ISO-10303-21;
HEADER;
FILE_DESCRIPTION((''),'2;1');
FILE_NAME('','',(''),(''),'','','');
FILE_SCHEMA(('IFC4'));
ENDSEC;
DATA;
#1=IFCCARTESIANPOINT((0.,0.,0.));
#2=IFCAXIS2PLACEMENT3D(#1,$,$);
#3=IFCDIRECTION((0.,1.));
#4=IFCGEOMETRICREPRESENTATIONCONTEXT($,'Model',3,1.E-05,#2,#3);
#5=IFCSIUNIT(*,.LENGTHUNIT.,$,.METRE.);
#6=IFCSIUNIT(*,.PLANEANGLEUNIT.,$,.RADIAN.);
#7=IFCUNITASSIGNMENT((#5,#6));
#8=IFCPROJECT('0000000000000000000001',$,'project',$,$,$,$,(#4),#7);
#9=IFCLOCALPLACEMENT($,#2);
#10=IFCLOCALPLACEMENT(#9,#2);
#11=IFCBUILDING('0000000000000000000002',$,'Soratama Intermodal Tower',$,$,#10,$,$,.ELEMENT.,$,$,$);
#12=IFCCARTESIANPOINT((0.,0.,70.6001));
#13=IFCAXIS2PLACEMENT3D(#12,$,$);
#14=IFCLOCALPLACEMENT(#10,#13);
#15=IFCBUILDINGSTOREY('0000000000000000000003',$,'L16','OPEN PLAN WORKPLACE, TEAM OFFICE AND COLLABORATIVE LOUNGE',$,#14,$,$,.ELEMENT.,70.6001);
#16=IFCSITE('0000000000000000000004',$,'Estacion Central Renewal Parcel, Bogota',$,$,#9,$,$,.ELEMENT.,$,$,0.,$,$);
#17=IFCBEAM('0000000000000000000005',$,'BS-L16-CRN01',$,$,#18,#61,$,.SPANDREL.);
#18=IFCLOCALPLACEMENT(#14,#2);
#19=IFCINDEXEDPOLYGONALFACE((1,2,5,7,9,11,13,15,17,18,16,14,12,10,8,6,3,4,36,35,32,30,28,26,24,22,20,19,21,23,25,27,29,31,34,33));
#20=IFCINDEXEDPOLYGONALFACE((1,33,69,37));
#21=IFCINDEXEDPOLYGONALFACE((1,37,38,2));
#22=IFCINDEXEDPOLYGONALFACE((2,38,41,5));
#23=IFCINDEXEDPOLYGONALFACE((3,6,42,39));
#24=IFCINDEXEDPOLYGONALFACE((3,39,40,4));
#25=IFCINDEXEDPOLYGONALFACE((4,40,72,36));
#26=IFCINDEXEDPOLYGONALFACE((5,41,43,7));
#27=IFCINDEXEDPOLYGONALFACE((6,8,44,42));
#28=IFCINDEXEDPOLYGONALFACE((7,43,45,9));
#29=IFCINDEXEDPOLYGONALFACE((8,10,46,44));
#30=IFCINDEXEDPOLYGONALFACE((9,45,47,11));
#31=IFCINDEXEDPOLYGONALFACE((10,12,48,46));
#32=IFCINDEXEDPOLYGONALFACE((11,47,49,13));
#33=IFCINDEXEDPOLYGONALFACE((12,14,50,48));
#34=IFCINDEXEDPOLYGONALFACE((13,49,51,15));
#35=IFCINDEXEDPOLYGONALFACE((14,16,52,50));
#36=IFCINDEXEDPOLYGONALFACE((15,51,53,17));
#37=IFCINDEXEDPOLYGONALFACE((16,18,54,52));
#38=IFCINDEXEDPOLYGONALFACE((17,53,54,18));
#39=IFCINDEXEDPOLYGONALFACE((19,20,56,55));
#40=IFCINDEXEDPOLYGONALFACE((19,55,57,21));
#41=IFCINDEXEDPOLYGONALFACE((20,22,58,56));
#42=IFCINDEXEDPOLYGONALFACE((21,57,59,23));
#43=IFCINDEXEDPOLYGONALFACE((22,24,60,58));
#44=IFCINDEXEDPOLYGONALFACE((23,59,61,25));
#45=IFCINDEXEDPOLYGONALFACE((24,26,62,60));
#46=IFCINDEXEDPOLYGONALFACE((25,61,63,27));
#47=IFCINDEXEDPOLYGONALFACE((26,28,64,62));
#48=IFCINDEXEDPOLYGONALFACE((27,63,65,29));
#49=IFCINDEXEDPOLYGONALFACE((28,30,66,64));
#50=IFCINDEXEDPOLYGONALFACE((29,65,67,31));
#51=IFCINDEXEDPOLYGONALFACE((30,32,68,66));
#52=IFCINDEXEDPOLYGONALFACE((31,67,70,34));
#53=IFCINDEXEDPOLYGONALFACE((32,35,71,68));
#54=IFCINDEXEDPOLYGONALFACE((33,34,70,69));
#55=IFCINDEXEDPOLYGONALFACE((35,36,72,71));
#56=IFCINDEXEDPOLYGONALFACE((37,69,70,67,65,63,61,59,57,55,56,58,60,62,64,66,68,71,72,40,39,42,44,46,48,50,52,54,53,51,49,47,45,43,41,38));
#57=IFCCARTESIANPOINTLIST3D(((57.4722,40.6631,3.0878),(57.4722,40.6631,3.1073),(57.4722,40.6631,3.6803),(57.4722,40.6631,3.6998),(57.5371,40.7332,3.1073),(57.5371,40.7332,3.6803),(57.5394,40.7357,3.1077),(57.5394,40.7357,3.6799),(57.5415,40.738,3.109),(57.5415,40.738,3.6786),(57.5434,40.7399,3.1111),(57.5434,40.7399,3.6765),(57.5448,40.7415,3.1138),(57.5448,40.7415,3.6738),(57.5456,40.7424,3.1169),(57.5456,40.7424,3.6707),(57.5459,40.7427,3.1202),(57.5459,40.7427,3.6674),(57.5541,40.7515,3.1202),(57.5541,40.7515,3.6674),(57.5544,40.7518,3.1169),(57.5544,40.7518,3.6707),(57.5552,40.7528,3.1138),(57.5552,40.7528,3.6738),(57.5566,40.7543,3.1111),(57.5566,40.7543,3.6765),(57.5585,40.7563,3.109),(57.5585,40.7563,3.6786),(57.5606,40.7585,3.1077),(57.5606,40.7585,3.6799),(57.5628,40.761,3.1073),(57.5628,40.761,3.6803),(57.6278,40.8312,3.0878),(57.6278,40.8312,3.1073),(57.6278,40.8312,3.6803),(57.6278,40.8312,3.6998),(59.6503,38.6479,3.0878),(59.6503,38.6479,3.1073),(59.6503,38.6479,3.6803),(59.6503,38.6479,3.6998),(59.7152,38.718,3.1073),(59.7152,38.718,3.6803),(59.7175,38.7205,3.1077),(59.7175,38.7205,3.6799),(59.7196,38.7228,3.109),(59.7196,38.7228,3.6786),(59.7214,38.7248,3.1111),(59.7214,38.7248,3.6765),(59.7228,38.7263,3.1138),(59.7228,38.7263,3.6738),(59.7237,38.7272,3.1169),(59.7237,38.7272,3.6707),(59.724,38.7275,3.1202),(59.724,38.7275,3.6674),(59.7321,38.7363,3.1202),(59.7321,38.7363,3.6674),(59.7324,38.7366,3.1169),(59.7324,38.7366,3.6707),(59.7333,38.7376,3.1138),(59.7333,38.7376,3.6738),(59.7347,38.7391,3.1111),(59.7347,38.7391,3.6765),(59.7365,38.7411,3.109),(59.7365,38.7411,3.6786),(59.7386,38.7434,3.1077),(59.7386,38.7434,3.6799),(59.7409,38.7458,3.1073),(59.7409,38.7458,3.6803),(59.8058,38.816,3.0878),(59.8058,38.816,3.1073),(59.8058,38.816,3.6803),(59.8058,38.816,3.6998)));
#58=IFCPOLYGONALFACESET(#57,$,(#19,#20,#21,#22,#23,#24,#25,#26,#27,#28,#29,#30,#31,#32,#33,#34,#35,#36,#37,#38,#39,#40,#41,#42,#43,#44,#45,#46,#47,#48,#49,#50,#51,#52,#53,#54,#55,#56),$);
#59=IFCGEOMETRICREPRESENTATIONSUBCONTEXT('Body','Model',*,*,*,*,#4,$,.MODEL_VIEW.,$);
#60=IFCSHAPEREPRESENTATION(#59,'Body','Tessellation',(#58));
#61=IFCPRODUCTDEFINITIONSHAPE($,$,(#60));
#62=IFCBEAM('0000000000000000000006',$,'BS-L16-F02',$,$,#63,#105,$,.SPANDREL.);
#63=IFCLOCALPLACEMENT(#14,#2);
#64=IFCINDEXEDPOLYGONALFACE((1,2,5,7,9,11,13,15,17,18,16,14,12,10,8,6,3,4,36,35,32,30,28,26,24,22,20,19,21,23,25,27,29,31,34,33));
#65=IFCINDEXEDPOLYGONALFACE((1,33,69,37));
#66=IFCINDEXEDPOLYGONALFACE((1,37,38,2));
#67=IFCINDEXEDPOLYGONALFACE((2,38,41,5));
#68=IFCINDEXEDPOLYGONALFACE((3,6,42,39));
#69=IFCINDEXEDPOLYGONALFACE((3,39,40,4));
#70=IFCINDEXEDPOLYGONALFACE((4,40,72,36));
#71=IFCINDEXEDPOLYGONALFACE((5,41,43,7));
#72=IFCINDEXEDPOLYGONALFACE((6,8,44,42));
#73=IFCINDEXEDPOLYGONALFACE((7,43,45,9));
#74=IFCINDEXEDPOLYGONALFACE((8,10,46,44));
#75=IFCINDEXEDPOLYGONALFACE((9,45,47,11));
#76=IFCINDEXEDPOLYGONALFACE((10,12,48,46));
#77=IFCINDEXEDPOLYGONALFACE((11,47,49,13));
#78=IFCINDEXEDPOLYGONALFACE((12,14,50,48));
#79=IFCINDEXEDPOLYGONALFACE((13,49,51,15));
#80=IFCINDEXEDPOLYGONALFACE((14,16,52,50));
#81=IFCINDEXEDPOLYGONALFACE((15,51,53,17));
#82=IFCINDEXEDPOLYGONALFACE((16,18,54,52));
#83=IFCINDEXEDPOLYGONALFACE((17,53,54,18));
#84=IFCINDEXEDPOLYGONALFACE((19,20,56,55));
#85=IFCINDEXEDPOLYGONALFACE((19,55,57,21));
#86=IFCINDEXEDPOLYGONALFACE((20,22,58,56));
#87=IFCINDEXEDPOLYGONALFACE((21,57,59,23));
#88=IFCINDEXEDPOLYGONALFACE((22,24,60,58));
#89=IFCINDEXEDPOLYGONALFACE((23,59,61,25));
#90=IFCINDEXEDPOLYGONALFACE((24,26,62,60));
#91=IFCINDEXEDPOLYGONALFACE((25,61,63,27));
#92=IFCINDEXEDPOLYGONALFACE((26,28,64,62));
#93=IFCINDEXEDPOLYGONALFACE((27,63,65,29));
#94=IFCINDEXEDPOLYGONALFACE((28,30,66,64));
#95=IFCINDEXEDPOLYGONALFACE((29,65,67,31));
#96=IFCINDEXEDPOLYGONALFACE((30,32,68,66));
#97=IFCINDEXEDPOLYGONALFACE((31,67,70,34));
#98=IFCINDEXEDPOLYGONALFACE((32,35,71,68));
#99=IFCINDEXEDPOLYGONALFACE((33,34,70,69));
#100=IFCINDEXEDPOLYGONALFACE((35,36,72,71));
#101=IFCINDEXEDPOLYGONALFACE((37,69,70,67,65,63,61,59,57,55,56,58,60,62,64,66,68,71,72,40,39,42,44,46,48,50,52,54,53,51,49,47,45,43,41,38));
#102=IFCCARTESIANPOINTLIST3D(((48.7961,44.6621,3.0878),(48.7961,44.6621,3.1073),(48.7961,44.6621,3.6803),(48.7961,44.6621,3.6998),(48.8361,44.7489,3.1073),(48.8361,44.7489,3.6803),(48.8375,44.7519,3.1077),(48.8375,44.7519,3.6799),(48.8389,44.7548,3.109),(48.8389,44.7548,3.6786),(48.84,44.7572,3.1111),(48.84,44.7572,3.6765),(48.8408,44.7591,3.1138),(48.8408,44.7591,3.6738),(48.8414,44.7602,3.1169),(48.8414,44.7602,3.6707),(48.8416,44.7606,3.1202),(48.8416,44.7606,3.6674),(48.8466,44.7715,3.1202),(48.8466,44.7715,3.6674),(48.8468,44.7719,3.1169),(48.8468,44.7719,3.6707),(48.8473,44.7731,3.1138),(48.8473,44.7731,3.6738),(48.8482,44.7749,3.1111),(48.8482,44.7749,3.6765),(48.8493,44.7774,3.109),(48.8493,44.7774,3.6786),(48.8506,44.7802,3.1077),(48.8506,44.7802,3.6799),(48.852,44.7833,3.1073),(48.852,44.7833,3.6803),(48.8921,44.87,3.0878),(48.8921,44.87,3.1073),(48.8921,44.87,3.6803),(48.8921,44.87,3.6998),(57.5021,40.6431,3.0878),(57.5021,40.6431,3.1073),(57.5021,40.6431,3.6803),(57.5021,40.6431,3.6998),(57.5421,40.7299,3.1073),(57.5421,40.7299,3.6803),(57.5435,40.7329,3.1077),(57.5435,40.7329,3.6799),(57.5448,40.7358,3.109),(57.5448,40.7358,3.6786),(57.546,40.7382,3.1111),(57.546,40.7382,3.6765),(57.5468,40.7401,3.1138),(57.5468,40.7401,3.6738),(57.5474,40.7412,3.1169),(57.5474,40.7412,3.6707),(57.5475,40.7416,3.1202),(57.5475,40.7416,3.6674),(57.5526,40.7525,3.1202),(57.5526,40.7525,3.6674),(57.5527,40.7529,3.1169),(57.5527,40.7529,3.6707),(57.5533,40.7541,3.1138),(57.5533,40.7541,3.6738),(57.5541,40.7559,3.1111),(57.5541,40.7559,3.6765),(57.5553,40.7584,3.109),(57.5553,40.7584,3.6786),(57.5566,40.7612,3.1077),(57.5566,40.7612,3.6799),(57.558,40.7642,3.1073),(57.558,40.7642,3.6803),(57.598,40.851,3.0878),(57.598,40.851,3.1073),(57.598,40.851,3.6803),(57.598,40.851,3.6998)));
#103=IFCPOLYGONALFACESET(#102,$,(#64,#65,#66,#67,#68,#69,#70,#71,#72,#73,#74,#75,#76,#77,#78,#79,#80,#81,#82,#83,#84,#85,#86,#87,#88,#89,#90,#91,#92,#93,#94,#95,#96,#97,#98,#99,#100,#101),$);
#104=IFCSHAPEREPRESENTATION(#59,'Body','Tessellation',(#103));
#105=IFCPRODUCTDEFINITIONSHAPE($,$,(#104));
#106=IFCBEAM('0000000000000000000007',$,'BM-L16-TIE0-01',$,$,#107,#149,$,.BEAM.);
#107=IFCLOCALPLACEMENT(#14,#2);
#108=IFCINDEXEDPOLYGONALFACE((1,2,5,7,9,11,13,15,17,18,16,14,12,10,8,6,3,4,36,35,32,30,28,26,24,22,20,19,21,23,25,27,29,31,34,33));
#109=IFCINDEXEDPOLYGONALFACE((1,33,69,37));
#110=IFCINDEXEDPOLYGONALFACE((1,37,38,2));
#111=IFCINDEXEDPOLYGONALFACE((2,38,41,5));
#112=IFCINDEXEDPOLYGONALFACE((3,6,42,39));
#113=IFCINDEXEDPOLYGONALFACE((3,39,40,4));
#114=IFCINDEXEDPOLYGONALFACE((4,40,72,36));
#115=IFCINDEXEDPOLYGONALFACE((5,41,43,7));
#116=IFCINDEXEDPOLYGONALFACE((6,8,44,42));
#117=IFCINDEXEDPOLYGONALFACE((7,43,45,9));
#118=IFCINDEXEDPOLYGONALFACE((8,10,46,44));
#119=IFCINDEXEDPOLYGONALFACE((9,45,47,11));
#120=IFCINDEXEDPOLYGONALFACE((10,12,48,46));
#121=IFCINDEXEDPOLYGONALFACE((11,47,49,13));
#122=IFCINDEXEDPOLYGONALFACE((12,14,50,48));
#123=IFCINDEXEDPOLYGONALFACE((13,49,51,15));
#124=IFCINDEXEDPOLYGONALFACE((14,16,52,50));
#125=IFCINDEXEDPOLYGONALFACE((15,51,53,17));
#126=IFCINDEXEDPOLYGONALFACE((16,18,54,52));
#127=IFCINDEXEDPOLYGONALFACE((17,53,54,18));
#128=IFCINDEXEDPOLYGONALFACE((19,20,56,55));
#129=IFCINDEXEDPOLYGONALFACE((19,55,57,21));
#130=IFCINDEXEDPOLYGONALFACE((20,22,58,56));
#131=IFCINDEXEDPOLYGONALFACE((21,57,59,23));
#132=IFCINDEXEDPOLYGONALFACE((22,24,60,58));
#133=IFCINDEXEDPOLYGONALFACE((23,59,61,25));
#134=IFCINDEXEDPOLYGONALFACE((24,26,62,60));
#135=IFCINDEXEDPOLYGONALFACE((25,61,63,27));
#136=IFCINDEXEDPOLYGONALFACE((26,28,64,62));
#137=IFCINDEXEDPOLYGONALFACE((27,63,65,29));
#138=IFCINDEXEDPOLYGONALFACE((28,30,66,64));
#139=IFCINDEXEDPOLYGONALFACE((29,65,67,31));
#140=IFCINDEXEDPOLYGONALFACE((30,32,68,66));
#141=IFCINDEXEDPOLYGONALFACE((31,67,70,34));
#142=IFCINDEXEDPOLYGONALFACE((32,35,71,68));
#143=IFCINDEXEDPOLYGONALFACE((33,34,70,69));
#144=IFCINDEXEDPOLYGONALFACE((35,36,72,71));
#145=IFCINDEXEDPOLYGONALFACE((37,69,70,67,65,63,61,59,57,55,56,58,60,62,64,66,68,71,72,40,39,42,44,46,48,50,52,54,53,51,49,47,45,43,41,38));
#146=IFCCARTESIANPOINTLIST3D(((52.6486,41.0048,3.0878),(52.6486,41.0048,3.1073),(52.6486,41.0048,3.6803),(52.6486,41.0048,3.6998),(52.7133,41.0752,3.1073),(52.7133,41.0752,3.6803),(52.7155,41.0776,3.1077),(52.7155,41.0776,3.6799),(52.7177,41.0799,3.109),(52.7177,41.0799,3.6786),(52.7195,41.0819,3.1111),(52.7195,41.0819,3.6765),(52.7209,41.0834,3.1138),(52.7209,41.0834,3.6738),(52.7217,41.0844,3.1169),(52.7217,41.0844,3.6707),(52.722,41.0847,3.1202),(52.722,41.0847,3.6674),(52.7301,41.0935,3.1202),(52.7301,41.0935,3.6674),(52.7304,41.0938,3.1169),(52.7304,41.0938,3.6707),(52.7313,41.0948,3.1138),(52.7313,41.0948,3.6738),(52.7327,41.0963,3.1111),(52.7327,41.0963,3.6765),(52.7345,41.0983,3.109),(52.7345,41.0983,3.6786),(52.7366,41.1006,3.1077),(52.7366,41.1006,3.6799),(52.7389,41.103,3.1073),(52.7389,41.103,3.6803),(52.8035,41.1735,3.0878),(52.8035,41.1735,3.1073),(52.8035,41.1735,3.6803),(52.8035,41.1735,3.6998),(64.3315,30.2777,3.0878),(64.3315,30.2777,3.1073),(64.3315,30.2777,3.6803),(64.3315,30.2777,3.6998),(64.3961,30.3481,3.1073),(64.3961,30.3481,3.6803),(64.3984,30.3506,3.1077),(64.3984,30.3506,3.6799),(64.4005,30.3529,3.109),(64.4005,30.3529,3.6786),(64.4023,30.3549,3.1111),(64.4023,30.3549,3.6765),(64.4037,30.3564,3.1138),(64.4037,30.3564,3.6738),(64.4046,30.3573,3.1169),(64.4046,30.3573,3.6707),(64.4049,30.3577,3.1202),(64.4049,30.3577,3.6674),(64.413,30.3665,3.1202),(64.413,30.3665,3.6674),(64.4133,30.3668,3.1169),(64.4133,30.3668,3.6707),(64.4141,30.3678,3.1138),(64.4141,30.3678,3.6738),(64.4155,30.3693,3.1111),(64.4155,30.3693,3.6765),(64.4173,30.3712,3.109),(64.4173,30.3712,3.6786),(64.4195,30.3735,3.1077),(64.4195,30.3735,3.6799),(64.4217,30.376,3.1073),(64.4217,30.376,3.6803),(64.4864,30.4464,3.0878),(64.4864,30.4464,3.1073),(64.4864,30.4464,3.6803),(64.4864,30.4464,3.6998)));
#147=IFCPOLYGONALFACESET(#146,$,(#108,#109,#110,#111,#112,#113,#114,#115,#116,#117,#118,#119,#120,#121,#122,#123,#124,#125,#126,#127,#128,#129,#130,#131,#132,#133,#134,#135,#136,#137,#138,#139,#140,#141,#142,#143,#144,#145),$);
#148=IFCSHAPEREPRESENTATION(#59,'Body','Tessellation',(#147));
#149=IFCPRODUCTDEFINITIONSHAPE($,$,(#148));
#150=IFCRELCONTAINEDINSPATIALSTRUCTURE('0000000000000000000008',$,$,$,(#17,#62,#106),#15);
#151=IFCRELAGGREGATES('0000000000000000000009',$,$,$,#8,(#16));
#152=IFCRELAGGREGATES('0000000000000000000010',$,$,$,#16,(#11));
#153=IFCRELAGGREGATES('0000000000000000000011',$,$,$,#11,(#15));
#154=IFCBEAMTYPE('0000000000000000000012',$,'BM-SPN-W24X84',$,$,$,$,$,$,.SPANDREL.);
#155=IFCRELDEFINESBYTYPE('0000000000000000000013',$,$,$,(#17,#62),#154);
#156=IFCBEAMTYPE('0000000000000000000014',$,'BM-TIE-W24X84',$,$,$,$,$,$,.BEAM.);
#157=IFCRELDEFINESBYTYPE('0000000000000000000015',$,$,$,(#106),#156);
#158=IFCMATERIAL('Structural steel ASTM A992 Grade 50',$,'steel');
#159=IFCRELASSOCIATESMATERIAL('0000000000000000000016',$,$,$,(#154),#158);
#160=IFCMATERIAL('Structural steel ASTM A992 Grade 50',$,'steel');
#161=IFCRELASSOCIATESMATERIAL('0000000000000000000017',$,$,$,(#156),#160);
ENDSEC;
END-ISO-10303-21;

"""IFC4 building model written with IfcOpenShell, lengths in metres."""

from ifc_helpers import new_model, si_unit, direction, frame, origin, origin_2d, place, context, subcontext, project, spatial, i_section, extrude, material, material_profile, profile_set, type_object, element, save


model = new_model("IFC4")

# Units and contexts
model_context = context("Model", 3, precision=1e-05, world=origin(), true_north=direction((0.0, 1.0)))
body_context = subcontext(model_context, "Body", "Model", "MODEL_VIEW")
ifc_project = project(units=[si_unit("LENGTHUNIT", "METRE"), si_unit("PLANEANGLEUNIT", "RADIAN")], contexts=[model_context])

# Site, building, storey
site_placement = place(None, origin())
site = spatial("IfcSite", under=ifc_project, at=site_placement, Name="Estacion Central Renewal Parcel, Bogota", CompositionType="ELEMENT", RefElevation=0.0)
building_placement = place(site_placement, origin())
building = spatial("IfcBuilding", under=site, at=building_placement, Name="Soratama Intermodal Tower", CompositionType="ELEMENT")
storey_placement = place(building_placement, frame((0.0, 0.0, 70.6001)))
storey = spatial("IfcBuildingStorey", under=building, at=storey_placement, Name="L16", Description="OPEN PLAN WORKPLACE, TEAM OFFICE AND COLLABORATIVE LOUNGE", CompositionType="ELEMENT", Elevation=70.6001)

# Beams
ifc_material_1 = material(Name="Structural steel ASTM A992 Grade 50", Category="steel")
ifc_material_profile_1 = material_profile(ifc_material_1, i_section(OverallWidth=0.229, OverallDepth=0.6121, WebThickness=0.012, FlangeThickness=0.0195, FilletRadius=0.0129, at=origin_2d()), Name="W24X84")
ifc_profile_set_1 = profile_set([ifc_material_profile_1], Name="Structural steel ASTM A992 Grade 50")
beam_type_1 = type_object("IfcBeamType", Name="BM-SPN-W24X84", PredefinedType="SPANDREL", material=ifc_profile_set_1)
beam_1_placement = place(storey_placement, frame((59.728, 38.7319, 3.3938), z_axis=(-0.734014, 0.679134, 0.0), x_axis=(-0.679134, -0.734014, 0.0)))
element("IfcBeam", 1, at=beam_1_placement, inside=storey, type_object=beam_type_1, Name="BS-L16-CRN01", PredefinedType="SPANDREL", context=body_context, shape_type="SweptSolid", body=[
    extrude(i_section(OverallWidth=0.229, OverallDepth=0.6121, WebThickness=0.012, FlangeThickness=0.0195, FilletRadius=0.0129, at=origin_2d()), origin(), (0.0, 0.0, 1.0), 2.9673),
])
beam_2_placement = place(storey_placement, frame((57.55, 40.7471, 3.3938), z_axis=(-0.907925, 0.419132, 0.0), x_axis=(-0.419132, -0.907925, 0.0)))
element("IfcBeam", 2, at=beam_2_placement, inside=storey, type_object=beam_type_1, Name="BS-L16-F02", PredefinedType="SPANDREL", context=body_context, shape_type="SweptSolid", body=[
    extrude(i_section(OverallWidth=0.229, OverallDepth=0.6121, WebThickness=0.012, FlangeThickness=0.0195, FilletRadius=0.0129, at=origin_2d()), origin(), (0.0, 0.0, 1.0), 9.5889),
])
ifc_material_2 = material(Name="Structural steel ASTM A992 Grade 50", Category="steel")
ifc_material_profile_2 = material_profile(ifc_material_2, i_section(OverallWidth=0.229, OverallDepth=0.6121, WebThickness=0.012, FlangeThickness=0.0195, FilletRadius=0.0129, at=origin_2d()), Name="W24X84")
ifc_profile_set_2 = profile_set([ifc_material_profile_2], Name="Structural steel ASTM A992 Grade 50")
beam_type_2 = type_object("IfcBeamType", Name="BM-TIE-W24X84", PredefinedType="BEAM", material=ifc_profile_set_2)
beam_3_placement = place(storey_placement, frame((52.7261, 41.0891, 3.3938), z_axis=(0.736596, -0.676333, 0.0), x_axis=(0.676333, 0.736596, 0.0)))
element("IfcBeam", 3, at=beam_3_placement, inside=storey, type_object=beam_type_2, Name="BM-L16-TIE0-01", PredefinedType="BEAM", context=body_context, shape_type="SweptSolid", body=[
    extrude(i_section(OverallWidth=0.229, OverallDepth=0.6121, WebThickness=0.012, FlangeThickness=0.0195, FilletRadius=0.0129, at=origin_2d()), origin(), (0.0, 0.0, 1.0), 15.8606),
])

save(model, "model.ifc")
